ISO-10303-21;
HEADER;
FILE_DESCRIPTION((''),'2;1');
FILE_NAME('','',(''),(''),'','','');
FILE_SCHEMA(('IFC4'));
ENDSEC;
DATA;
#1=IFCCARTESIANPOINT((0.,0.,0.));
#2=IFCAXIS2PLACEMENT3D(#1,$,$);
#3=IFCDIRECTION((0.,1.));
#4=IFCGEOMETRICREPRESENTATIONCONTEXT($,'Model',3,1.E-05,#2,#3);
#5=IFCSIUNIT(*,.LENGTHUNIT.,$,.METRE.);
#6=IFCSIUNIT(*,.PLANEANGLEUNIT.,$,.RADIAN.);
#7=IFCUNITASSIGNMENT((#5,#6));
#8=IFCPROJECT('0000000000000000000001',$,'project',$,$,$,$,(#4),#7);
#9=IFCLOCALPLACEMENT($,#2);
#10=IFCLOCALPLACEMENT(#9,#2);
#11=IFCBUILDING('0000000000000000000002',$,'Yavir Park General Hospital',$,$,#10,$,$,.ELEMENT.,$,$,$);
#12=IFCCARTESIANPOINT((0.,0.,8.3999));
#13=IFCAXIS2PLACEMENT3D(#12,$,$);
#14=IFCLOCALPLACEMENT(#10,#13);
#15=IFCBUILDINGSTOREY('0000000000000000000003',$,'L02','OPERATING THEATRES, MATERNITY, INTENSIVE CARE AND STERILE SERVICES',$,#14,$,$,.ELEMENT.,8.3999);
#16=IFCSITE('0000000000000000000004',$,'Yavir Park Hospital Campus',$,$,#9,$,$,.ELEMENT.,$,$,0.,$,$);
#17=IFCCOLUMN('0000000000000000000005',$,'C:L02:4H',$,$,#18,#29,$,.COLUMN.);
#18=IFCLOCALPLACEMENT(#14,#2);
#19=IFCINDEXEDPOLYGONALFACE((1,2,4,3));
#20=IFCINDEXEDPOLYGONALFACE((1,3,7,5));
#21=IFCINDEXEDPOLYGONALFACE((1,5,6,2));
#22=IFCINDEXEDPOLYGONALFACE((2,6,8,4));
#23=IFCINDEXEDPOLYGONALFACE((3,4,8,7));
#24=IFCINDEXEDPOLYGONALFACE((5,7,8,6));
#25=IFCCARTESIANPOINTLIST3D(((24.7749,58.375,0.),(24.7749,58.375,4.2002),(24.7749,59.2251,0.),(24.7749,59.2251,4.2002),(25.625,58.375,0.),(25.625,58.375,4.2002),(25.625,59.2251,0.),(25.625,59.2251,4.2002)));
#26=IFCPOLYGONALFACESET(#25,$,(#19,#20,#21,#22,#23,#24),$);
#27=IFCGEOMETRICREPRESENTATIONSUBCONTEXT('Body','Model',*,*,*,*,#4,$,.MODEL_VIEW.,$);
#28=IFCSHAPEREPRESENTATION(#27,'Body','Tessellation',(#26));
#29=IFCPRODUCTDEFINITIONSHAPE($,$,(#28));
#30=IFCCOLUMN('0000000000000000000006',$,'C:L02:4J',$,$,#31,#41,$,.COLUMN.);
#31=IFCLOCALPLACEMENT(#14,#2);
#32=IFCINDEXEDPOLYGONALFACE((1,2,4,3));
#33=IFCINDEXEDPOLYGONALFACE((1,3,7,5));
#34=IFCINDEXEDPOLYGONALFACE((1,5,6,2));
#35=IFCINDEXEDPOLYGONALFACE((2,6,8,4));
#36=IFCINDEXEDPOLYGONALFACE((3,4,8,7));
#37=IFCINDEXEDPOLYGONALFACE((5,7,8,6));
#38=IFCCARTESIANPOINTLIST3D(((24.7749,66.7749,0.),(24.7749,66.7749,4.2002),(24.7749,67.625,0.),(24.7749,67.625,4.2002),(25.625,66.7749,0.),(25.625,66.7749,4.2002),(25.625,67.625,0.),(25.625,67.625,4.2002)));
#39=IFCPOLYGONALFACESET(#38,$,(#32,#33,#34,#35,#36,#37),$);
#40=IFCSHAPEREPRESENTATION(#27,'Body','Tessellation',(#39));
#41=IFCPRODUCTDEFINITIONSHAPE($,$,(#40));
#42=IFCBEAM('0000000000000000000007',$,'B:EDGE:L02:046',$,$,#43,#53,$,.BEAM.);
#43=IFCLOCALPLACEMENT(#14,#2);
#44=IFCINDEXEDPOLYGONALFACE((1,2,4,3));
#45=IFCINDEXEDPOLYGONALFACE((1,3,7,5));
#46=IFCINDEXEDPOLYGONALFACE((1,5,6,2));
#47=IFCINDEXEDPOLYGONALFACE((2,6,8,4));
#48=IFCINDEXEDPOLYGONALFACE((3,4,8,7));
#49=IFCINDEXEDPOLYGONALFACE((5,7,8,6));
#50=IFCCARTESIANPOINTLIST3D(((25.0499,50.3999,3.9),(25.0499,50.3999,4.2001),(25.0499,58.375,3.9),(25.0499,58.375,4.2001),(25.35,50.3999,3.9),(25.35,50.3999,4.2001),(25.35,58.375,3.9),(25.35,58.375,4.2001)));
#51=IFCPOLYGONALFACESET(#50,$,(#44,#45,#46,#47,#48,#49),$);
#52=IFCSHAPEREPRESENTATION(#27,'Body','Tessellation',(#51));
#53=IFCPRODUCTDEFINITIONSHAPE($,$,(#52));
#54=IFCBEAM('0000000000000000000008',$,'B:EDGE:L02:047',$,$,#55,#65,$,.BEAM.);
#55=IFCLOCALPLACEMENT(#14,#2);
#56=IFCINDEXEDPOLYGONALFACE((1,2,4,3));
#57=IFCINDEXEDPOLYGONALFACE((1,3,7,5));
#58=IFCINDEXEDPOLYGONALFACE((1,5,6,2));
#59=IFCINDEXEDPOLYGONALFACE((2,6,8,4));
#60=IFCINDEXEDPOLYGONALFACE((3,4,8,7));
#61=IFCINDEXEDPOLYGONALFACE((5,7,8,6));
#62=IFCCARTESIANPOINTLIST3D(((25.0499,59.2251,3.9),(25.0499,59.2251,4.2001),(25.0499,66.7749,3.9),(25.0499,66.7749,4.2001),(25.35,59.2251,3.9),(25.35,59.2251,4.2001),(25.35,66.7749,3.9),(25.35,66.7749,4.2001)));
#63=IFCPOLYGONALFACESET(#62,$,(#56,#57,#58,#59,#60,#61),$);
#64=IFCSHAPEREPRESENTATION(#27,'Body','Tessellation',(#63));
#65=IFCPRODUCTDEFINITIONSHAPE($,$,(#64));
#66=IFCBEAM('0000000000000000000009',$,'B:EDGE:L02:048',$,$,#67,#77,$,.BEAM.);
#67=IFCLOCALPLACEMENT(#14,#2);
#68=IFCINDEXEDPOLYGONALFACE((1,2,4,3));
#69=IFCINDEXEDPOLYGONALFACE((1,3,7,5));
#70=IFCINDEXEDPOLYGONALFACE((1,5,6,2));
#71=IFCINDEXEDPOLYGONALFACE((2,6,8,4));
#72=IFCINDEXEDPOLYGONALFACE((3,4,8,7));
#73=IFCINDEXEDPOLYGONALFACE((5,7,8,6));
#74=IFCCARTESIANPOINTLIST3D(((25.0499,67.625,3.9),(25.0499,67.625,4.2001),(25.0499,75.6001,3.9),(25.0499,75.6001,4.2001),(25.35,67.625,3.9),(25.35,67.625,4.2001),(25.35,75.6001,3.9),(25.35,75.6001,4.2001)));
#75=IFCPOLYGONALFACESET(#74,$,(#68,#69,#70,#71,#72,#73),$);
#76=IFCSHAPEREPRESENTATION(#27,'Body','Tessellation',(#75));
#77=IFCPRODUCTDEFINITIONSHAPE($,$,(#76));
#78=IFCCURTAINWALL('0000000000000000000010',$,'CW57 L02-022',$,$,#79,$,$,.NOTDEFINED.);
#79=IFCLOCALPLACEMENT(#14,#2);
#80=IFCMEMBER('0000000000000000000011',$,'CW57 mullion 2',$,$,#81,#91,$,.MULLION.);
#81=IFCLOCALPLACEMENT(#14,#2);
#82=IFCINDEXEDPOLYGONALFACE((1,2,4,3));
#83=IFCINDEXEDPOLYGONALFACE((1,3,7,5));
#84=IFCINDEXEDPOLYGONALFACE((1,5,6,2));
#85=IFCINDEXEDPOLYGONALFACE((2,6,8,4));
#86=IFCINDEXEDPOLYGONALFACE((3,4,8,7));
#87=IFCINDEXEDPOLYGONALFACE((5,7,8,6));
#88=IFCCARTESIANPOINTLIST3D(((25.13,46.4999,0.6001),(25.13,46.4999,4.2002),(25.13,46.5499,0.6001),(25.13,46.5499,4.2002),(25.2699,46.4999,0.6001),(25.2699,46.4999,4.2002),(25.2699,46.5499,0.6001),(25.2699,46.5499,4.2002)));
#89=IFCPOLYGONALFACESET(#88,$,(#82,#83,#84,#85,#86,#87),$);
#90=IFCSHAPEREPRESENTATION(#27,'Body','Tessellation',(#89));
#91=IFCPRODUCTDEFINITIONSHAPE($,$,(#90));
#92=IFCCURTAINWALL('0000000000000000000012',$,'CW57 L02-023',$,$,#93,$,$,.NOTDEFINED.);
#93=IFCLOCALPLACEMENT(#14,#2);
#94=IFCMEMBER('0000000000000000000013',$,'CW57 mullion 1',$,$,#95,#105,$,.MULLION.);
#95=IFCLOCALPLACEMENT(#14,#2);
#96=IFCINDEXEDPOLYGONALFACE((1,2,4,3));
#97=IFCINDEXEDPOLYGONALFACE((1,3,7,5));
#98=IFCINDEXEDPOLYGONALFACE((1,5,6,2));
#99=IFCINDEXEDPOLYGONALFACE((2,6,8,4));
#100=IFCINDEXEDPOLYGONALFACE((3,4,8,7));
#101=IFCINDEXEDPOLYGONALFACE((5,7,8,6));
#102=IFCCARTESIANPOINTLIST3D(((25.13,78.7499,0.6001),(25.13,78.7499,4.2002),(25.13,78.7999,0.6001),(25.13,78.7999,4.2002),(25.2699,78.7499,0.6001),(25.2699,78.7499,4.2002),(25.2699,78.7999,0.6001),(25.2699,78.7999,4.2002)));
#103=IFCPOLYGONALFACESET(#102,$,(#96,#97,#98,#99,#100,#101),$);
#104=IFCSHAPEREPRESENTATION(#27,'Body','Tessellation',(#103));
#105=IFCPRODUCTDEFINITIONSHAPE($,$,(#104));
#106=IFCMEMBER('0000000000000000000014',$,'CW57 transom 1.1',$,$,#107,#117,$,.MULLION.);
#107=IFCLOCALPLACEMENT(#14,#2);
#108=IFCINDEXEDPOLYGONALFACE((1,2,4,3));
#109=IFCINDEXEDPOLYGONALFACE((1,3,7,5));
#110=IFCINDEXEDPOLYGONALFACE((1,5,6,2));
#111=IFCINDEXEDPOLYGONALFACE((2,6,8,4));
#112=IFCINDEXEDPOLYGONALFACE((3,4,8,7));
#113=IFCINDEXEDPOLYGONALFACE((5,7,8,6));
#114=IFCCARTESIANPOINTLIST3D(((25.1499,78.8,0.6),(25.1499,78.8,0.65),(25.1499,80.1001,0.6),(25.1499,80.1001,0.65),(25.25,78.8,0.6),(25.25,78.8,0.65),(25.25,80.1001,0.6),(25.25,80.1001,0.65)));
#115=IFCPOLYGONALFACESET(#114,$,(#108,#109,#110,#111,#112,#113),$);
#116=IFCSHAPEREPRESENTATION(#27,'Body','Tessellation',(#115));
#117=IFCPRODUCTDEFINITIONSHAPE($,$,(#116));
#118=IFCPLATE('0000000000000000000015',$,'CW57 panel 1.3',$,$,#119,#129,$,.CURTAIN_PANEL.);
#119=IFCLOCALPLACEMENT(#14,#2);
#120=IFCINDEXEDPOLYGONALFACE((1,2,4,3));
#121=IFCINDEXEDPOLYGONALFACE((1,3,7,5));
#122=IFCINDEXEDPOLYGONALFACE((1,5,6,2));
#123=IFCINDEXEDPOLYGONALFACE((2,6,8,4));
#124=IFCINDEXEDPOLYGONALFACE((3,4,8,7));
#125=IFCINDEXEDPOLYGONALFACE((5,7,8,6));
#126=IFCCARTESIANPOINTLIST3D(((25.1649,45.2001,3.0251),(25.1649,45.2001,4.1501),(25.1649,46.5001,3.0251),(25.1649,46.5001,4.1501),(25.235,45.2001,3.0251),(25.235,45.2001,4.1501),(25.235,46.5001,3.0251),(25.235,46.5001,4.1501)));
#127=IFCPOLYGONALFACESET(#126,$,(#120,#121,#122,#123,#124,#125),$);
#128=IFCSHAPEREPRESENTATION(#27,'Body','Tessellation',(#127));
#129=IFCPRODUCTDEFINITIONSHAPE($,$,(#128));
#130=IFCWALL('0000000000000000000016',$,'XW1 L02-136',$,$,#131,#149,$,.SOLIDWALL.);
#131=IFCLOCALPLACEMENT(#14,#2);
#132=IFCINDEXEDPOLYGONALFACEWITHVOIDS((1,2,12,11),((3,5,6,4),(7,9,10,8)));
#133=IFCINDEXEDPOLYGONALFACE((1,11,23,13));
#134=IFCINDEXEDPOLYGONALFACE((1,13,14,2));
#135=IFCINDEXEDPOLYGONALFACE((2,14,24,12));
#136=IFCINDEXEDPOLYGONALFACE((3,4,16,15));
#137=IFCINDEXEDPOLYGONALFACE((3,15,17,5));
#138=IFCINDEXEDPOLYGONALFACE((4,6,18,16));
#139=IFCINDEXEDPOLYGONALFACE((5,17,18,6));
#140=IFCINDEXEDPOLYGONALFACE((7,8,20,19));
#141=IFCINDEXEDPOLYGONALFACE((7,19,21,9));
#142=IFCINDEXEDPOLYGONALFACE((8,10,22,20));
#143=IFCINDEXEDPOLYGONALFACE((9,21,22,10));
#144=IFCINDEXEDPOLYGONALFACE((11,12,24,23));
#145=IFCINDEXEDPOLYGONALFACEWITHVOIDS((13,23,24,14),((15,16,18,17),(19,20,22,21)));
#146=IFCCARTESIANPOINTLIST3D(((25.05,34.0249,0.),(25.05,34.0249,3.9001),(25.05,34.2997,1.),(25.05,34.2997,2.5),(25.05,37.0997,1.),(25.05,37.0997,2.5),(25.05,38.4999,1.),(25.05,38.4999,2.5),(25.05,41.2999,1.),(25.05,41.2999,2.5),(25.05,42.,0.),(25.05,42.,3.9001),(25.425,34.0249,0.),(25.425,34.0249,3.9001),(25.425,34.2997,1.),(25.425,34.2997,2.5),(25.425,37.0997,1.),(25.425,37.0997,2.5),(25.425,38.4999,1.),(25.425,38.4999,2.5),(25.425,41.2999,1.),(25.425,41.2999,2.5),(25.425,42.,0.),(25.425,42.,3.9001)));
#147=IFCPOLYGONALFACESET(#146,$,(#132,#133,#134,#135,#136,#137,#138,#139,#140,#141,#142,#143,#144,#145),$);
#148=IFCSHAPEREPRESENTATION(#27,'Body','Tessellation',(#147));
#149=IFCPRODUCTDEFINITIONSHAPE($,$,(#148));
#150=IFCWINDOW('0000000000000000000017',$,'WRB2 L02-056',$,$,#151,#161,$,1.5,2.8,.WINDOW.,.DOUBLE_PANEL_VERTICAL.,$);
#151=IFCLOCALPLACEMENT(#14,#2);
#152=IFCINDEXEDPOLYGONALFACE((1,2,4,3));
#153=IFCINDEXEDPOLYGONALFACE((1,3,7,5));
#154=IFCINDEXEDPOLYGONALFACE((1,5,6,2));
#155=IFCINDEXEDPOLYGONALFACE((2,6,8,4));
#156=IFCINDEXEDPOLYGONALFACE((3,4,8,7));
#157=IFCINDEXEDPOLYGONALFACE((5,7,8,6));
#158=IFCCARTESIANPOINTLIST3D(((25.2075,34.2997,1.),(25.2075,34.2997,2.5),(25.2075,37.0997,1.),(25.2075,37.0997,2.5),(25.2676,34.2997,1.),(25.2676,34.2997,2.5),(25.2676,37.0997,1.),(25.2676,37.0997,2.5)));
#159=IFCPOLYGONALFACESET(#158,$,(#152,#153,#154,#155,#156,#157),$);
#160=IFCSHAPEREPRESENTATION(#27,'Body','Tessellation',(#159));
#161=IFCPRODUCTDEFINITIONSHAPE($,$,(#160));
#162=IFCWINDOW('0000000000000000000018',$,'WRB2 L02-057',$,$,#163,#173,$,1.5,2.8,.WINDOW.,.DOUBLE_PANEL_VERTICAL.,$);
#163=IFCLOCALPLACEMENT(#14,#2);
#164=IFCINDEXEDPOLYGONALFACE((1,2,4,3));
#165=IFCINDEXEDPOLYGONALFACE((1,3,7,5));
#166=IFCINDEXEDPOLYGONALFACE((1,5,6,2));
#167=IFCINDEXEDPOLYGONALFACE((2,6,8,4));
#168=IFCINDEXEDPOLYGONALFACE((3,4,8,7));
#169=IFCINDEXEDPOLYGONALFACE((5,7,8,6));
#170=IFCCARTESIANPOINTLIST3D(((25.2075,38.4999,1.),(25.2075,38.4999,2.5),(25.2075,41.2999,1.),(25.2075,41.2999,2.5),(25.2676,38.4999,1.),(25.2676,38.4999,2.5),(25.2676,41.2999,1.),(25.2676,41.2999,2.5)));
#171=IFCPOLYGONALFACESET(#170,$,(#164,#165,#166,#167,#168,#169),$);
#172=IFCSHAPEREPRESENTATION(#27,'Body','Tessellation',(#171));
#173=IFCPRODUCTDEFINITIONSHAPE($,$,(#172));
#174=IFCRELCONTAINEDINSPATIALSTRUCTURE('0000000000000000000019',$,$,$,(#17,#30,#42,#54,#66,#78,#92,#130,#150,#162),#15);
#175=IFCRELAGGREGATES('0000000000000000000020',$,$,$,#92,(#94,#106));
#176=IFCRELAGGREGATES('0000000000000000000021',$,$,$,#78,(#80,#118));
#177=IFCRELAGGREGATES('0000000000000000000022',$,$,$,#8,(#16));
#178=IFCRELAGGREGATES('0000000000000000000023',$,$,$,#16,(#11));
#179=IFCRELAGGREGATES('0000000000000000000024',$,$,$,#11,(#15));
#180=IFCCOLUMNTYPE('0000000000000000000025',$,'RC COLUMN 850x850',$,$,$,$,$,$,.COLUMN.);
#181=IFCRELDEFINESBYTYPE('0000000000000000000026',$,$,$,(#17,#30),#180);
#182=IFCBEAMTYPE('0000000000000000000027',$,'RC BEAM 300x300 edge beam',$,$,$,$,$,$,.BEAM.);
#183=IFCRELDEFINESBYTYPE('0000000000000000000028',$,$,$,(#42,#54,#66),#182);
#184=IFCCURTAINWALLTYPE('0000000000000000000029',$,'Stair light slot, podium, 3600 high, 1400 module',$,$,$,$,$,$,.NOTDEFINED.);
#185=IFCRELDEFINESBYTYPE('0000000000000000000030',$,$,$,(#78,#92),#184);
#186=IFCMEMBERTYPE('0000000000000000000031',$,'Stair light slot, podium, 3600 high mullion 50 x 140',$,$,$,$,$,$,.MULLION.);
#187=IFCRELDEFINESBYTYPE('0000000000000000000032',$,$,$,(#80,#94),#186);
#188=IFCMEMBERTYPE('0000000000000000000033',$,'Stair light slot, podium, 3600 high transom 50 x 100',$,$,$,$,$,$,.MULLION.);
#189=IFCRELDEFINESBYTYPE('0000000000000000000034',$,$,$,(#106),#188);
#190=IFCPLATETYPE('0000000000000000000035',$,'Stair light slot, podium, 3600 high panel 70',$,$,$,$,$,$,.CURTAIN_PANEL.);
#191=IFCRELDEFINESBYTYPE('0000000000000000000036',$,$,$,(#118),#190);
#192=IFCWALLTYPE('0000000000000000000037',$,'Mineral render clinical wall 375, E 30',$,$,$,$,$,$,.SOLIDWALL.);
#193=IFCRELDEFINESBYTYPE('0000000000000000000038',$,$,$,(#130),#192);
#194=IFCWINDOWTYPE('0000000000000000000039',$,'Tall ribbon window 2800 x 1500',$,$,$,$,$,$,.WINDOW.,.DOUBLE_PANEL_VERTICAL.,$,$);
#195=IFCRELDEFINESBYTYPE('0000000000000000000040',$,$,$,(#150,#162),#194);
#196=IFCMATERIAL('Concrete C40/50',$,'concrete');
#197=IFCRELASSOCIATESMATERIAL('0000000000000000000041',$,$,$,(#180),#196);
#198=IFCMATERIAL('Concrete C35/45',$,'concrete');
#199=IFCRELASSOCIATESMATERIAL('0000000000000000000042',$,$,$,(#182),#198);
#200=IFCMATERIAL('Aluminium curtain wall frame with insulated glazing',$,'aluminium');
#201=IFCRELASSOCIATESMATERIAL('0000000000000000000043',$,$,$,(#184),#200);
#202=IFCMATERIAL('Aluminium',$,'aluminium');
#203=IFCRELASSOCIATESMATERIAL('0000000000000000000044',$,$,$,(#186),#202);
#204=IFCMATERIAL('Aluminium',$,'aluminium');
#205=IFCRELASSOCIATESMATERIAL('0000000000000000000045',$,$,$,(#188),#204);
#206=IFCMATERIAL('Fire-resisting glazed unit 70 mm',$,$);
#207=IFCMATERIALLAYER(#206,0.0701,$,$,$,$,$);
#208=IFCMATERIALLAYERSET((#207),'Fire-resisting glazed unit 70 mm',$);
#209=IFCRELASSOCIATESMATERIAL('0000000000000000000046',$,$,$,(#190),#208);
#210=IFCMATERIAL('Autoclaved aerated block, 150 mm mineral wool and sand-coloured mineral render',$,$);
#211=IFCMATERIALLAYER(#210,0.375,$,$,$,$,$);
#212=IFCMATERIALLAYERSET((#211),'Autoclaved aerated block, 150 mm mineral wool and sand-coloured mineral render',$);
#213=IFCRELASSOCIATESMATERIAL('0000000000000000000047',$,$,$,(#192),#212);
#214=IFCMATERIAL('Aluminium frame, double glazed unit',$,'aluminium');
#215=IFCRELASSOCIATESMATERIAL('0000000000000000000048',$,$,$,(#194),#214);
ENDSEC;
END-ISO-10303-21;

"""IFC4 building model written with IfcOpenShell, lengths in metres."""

from ifc_helpers import new_model, si_unit, direction, frame, frame_2d, origin, origin_2d, place, context, subcontext, project, spatial, rectangle, extrude, material, layer, layer_set, material_profile, profile_set, type_object, element, fill, aggregate, save


model = new_model("IFC4")

# Units and contexts
model_context = context("Model", 3, precision=1e-05, world=origin(), true_north=direction((0.0, 1.0)))
body_context = subcontext(model_context, "Body", "Model", "MODEL_VIEW")
ifc_project = project(units=[si_unit("LENGTHUNIT", "METRE"), si_unit("PLANEANGLEUNIT", "RADIAN")], contexts=[model_context])

# Site, building, storey
site_placement = place(None, origin())
site = spatial("IfcSite", under=ifc_project, at=site_placement, Name="Yavir Park Hospital Campus", CompositionType="ELEMENT", RefElevation=0.0)
building_placement = place(site_placement, origin())
building = spatial("IfcBuilding", under=site, at=building_placement, Name="Yavir Park General Hospital", CompositionType="ELEMENT")
storey_placement = place(building_placement, frame((0.0, 0.0, 8.3999)))
storey = spatial("IfcBuildingStorey", under=building, at=storey_placement, Name="L02", Description="OPERATING THEATRES, MATERNITY, INTENSIVE CARE AND STERILE SERVICES", CompositionType="ELEMENT", Elevation=8.3999)

# Columns
ifc_material_1 = material(Name="Concrete C40/50", Category="concrete")
ifc_material_profile_1 = material_profile(ifc_material_1, rectangle(XDim=0.8501, YDim=0.8501, at=origin_2d()), Name="RC850x850")
ifc_profile_set_1 = profile_set([ifc_material_profile_1], Name="Concrete C40/50")
column_type = type_object("IfcColumnType", Name="RC COLUMN 850x850", PredefinedType="COLUMN", material=ifc_profile_set_1)
for number, where, z_axis, x_axis, name in (
    (1, (25.2, 58.8, 0.0), (0.0, 0.0, 1.0), (1.0, 0.0, 0.0), "C:L02:4H"),
    (2, (25.2, 67.2, 0.0), (0.0, 0.0, 1.0), (1.0, 0.0, 0.0), "C:L02:4J"),
):
    element("IfcColumn", number, at=place(storey_placement, frame(where, z_axis=z_axis, x_axis=x_axis)), inside=storey, type_object=column_type, Name=name, PredefinedType="COLUMN", context=body_context, shape_type="SweptSolid", body=[
        extrude(rectangle(XDim=0.8501, YDim=0.8501, at=origin_2d()), origin(), (0.0, 0.0, 1.0), 4.2002),
    ])

# Beams
ifc_material_2 = material(Name="Concrete C35/45", Category="concrete")
ifc_material_profile_2 = material_profile(ifc_material_2, rectangle(XDim=0.3, YDim=0.3, at=origin_2d()), Name="RC300x300")
ifc_profile_set_2 = profile_set([ifc_material_profile_2], Name="Concrete C35/45")
beam_type = type_object("IfcBeamType", Name="RC BEAM 300x300 edge beam", PredefinedType="BEAM", material=ifc_profile_set_2)
beam_1_placement = place(storey_placement, frame((25.2, 50.3999, 4.05), z_axis=(0.0, 1.0, 0.0), x_axis=(-1.0, 0.0, 0.0)))
element("IfcBeam", 3, at=beam_1_placement, inside=storey, type_object=beam_type, Name="B:EDGE:L02:046", PredefinedType="BEAM", context=body_context, shape_type="SweptSolid", body=[
    extrude(rectangle(XDim=0.3, YDim=0.3, at=origin_2d()), origin(), (0.0, 0.0, 1.0), 7.9751),
])
beam_2_placement = place(storey_placement, frame((25.2, 59.2251, 4.05), z_axis=(0.0, 1.0, 0.0), x_axis=(-1.0, 0.0, 0.0)))
element("IfcBeam", 4, at=beam_2_placement, inside=storey, type_object=beam_type, Name="B:EDGE:L02:047", PredefinedType="BEAM", context=body_context, shape_type="SweptSolid", body=[
    extrude(rectangle(XDim=0.3, YDim=0.3, at=origin_2d()), origin(), (0.0, 0.0, 1.0), 7.5498),
])
beam_3_placement = place(storey_placement, frame((25.2, 67.625, 4.05), z_axis=(0.0, 1.0, 0.0), x_axis=(-1.0, 0.0, 0.0)))
element("IfcBeam", 5, at=beam_3_placement, inside=storey, type_object=beam_type, Name="B:EDGE:L02:048", PredefinedType="BEAM", context=body_context, shape_type="SweptSolid", body=[
    extrude(rectangle(XDim=0.3, YDim=0.3, at=origin_2d()), origin(), (0.0, 0.0, 1.0), 7.9751),
])

# Curtain wall, member
ifc_material_3 = material(Name="Aluminium curtain wall frame with insulated glazing", Category="aluminium")
curtain_wall_type = type_object("IfcCurtainWallType", Name="Stair light slot, podium, 3600 high, 1400 module", PredefinedType="NOTDEFINED", material=ifc_material_3)
curtain_wall_1_placement = place(storey_placement, origin())
curtain_wall_1 = element("IfcCurtainWall", 6, at=curtain_wall_1_placement, inside=storey, type_object=curtain_wall_type, Name="CW57 L02-022", PredefinedType="NOTDEFINED")
ifc_material_4 = material(Name="Aluminium", Category="aluminium")
ifc_material_profile_3 = material_profile(ifc_material_4, rectangle(XDim=0.1399, YDim=0.05, at=origin_2d()), Name="AL 50x140")
ifc_profile_set_3 = profile_set([ifc_material_profile_3], Name="Aluminium")
member_type_1 = type_object("IfcMemberType", Name="Stair light slot, podium, 3600 high mullion 50 x 140", PredefinedType="MULLION", material=ifc_profile_set_3)
member_1_placement = place(storey_placement, frame((25.2, 46.5249, 0.6001), z_axis=(0.0, 0.0, 1.0), x_axis=(-1.0, 0.0, 0.0)))
member_1 = element("IfcMember", 7, at=member_1_placement, type_object=member_type_1, Name="CW57 mullion 2", PredefinedType="MULLION", context=body_context, shape_type="SweptSolid", body=[
    extrude(rectangle(XDim=0.1399, YDim=0.05, at=origin_2d()), origin(), (0.0, 0.0, 1.0), 3.6001),
])

# Curtain wall, members
curtain_wall_2_placement = place(storey_placement, origin())
curtain_wall_2 = element("IfcCurtainWall", 8, at=curtain_wall_2_placement, inside=storey, type_object=curtain_wall_type, Name="CW57 L02-023", PredefinedType="NOTDEFINED")
member_2_placement = place(storey_placement, frame((25.2, 78.7749, 0.6001), z_axis=(0.0, 0.0, 1.0), x_axis=(-1.0, 0.0, 0.0)))
member_2 = element("IfcMember", 9, at=member_2_placement, type_object=member_type_1, Name="CW57 mullion 1", PredefinedType="MULLION", context=body_context, shape_type="SweptSolid", body=[
    extrude(rectangle(XDim=0.1399, YDim=0.05, at=origin_2d()), origin(), (0.0, 0.0, 1.0), 3.6001),
])
ifc_material_5 = material(Name="Aluminium", Category="aluminium")
ifc_material_profile_4 = material_profile(ifc_material_5, rectangle(XDim=0.1001, YDim=0.05, at=origin_2d()), Name="AL 100x50")
ifc_profile_set_4 = profile_set([ifc_material_profile_4], Name="Aluminium")
member_type_2 = type_object("IfcMemberType", Name="Stair light slot, podium, 3600 high transom 50 x 100", PredefinedType="MULLION", material=ifc_profile_set_4)
member_3_placement = place(storey_placement, frame((25.2, 78.8, 0.625), z_axis=(0.0, 1.0, 0.0), x_axis=(-1.0, 0.0, 0.0)))
member_3 = element("IfcMember", 10, at=member_3_placement, type_object=member_type_2, Name="CW57 transom 1.1", PredefinedType="MULLION", context=body_context, shape_type="SweptSolid", body=[
    extrude(rectangle(XDim=0.1001, YDim=0.05, at=origin_2d()), origin(), (0.0, 0.0, 1.0), 1.3),
])
aggregate(curtain_wall_2, [member_2, member_3])

# Plate
ifc_material_6 = material(Name="Fire-resisting glazed unit 70 mm")
ifc_layer_1 = layer(ifc_material_6, 0.0701)
ifc_layer_set_1 = layer_set([ifc_layer_1], Name="Fire-resisting glazed unit 70 mm")
plate_type = type_object("IfcPlateType", Name="Stair light slot, podium, 3600 high panel 70", PredefinedType="CURTAIN_PANEL", material=ifc_layer_set_1)
plate_placement = place(storey_placement, frame((25.2, 45.8501, 3.0251), z_axis=(0.0, 0.0, 1.0), x_axis=(0.0, 1.0, 0.0)))
plate = element("IfcPlate", 11, at=plate_placement, type_object=plate_type, Name="CW57 panel 1.3", PredefinedType="CURTAIN_PANEL", context=body_context, shape_type="SweptSolid", body=[
    extrude(rectangle(XDim=1.3, YDim=0.0701, at=origin_2d()), origin(), (0.0, 0.0, 1.0), 1.125),
])
aggregate(curtain_wall_1, [member_1, plate])

# Wall, openings, windows
ifc_material_7 = material(Name="Autoclaved aerated block, 150 mm mineral wool and sand-coloured mineral render")
ifc_layer_2 = layer(ifc_material_7, 0.375)
ifc_layer_set_2 = layer_set([ifc_layer_2], Name="Autoclaved aerated block, 150 mm mineral wool and sand-coloured mineral render")
wall_type_1 = type_object("IfcWallType", Name="Mineral render clinical wall 375, E 30", PredefinedType="SOLIDWALL", material=ifc_layer_set_2)
wall_1_placement = place(storey_placement, frame((25.2375, 34.0249, 0.0), z_axis=(0.0, 0.0, 1.0), x_axis=(0.0, 1.0, 0.0)))
wall_1 = element("IfcWall", 12, at=wall_1_placement, inside=storey, type_object=wall_type_1, Name="XW1 L02-136", PredefinedType="SOLIDWALL", context=body_context, shape_type="SweptSolid", body=[
    extrude(rectangle(XDim=7.9751, YDim=0.375, at=frame_2d((3.9875, 0.0))), origin(), (0.0, 0.0, 1.0), 3.9001),
])
opening_1_placement = place(wall_1_placement, frame((0.2749, 0.0, 1.0)))
opening_1 = element("IfcOpeningElement", 13, at=opening_1_placement, cuts=wall_1, PredefinedType="OPENING", context=body_context, shape_type="SweptSolid", body=[
    extrude(rectangle(XDim=2.8, YDim=1.5, at=frame_2d((1.3999, 0.75))), frame((0.0, 0.1975, 0.0), z_axis=(0.0, -1.0, 0.0), x_axis=(1.0, 0.0, 0.0)), (0.0, 0.0, 1.0), 0.395),
])
opening_2_placement = place(wall_1_placement, frame((4.4751, 0.0, 1.0)))
opening_2 = element("IfcOpeningElement", 14, at=opening_2_placement, cuts=wall_1, PredefinedType="OPENING", context=body_context, shape_type="SweptSolid", body=[
    extrude(rectangle(XDim=2.8, YDim=1.5, at=frame_2d((1.3999, 0.75))), frame((0.0, 0.1975, 0.0), z_axis=(0.0, -1.0, 0.0), x_axis=(1.0, 0.0, 0.0)), (0.0, 0.0, 1.0), 0.395),
])
ifc_material_8 = material(Name="Aluminium frame, double glazed unit", Category="aluminium")
window_type_1 = type_object("IfcWindowType", Name="Tall ribbon window 2800 x 1500", PartitioningType="DOUBLE_PANEL_VERTICAL", PredefinedType="WINDOW", material=ifc_material_8)
window_1_placement = place(opening_1_placement, origin())
window_1 = element("IfcWindow", 15, at=window_1_placement, inside=storey, type_object=window_type_1, Name="WRB2 L02-056", OverallHeight=1.5, OverallWidth=2.8, PartitioningType="DOUBLE_PANEL_VERTICAL", PredefinedType="WINDOW", context=body_context, shape_type="SweptSolid", body=[
    extrude(rectangle(XDim=2.8, YDim=1.5, at=frame_2d((1.3999, 0.75))), frame((0.0, 0.03, 0.0), z_axis=(0.0, -1.0, 0.0), x_axis=(1.0, 0.0, 0.0)), (0.0, 0.0, 1.0), 0.0601),
])
fill(opening_1, window_1)
window_2_placement = place(opening_2_placement, origin())
window_2 = element("IfcWindow", 16, at=window_2_placement, inside=storey, type_object=window_type_1, Name="WRB2 L02-057", OverallHeight=1.5, OverallWidth=2.8, PartitioningType="DOUBLE_PANEL_VERTICAL", PredefinedType="WINDOW", context=body_context, shape_type="SweptSolid", body=[
    extrude(rectangle(XDim=2.8, YDim=1.5, at=frame_2d((1.3999, 0.75))), frame((0.0, 0.03, 0.0), z_axis=(0.0, -1.0, 0.0), x_axis=(1.0, 0.0, 0.0)), (0.0, 0.0, 1.0), 0.0601),
])
fill(opening_2, window_2)

save(model, "model.ifc")
